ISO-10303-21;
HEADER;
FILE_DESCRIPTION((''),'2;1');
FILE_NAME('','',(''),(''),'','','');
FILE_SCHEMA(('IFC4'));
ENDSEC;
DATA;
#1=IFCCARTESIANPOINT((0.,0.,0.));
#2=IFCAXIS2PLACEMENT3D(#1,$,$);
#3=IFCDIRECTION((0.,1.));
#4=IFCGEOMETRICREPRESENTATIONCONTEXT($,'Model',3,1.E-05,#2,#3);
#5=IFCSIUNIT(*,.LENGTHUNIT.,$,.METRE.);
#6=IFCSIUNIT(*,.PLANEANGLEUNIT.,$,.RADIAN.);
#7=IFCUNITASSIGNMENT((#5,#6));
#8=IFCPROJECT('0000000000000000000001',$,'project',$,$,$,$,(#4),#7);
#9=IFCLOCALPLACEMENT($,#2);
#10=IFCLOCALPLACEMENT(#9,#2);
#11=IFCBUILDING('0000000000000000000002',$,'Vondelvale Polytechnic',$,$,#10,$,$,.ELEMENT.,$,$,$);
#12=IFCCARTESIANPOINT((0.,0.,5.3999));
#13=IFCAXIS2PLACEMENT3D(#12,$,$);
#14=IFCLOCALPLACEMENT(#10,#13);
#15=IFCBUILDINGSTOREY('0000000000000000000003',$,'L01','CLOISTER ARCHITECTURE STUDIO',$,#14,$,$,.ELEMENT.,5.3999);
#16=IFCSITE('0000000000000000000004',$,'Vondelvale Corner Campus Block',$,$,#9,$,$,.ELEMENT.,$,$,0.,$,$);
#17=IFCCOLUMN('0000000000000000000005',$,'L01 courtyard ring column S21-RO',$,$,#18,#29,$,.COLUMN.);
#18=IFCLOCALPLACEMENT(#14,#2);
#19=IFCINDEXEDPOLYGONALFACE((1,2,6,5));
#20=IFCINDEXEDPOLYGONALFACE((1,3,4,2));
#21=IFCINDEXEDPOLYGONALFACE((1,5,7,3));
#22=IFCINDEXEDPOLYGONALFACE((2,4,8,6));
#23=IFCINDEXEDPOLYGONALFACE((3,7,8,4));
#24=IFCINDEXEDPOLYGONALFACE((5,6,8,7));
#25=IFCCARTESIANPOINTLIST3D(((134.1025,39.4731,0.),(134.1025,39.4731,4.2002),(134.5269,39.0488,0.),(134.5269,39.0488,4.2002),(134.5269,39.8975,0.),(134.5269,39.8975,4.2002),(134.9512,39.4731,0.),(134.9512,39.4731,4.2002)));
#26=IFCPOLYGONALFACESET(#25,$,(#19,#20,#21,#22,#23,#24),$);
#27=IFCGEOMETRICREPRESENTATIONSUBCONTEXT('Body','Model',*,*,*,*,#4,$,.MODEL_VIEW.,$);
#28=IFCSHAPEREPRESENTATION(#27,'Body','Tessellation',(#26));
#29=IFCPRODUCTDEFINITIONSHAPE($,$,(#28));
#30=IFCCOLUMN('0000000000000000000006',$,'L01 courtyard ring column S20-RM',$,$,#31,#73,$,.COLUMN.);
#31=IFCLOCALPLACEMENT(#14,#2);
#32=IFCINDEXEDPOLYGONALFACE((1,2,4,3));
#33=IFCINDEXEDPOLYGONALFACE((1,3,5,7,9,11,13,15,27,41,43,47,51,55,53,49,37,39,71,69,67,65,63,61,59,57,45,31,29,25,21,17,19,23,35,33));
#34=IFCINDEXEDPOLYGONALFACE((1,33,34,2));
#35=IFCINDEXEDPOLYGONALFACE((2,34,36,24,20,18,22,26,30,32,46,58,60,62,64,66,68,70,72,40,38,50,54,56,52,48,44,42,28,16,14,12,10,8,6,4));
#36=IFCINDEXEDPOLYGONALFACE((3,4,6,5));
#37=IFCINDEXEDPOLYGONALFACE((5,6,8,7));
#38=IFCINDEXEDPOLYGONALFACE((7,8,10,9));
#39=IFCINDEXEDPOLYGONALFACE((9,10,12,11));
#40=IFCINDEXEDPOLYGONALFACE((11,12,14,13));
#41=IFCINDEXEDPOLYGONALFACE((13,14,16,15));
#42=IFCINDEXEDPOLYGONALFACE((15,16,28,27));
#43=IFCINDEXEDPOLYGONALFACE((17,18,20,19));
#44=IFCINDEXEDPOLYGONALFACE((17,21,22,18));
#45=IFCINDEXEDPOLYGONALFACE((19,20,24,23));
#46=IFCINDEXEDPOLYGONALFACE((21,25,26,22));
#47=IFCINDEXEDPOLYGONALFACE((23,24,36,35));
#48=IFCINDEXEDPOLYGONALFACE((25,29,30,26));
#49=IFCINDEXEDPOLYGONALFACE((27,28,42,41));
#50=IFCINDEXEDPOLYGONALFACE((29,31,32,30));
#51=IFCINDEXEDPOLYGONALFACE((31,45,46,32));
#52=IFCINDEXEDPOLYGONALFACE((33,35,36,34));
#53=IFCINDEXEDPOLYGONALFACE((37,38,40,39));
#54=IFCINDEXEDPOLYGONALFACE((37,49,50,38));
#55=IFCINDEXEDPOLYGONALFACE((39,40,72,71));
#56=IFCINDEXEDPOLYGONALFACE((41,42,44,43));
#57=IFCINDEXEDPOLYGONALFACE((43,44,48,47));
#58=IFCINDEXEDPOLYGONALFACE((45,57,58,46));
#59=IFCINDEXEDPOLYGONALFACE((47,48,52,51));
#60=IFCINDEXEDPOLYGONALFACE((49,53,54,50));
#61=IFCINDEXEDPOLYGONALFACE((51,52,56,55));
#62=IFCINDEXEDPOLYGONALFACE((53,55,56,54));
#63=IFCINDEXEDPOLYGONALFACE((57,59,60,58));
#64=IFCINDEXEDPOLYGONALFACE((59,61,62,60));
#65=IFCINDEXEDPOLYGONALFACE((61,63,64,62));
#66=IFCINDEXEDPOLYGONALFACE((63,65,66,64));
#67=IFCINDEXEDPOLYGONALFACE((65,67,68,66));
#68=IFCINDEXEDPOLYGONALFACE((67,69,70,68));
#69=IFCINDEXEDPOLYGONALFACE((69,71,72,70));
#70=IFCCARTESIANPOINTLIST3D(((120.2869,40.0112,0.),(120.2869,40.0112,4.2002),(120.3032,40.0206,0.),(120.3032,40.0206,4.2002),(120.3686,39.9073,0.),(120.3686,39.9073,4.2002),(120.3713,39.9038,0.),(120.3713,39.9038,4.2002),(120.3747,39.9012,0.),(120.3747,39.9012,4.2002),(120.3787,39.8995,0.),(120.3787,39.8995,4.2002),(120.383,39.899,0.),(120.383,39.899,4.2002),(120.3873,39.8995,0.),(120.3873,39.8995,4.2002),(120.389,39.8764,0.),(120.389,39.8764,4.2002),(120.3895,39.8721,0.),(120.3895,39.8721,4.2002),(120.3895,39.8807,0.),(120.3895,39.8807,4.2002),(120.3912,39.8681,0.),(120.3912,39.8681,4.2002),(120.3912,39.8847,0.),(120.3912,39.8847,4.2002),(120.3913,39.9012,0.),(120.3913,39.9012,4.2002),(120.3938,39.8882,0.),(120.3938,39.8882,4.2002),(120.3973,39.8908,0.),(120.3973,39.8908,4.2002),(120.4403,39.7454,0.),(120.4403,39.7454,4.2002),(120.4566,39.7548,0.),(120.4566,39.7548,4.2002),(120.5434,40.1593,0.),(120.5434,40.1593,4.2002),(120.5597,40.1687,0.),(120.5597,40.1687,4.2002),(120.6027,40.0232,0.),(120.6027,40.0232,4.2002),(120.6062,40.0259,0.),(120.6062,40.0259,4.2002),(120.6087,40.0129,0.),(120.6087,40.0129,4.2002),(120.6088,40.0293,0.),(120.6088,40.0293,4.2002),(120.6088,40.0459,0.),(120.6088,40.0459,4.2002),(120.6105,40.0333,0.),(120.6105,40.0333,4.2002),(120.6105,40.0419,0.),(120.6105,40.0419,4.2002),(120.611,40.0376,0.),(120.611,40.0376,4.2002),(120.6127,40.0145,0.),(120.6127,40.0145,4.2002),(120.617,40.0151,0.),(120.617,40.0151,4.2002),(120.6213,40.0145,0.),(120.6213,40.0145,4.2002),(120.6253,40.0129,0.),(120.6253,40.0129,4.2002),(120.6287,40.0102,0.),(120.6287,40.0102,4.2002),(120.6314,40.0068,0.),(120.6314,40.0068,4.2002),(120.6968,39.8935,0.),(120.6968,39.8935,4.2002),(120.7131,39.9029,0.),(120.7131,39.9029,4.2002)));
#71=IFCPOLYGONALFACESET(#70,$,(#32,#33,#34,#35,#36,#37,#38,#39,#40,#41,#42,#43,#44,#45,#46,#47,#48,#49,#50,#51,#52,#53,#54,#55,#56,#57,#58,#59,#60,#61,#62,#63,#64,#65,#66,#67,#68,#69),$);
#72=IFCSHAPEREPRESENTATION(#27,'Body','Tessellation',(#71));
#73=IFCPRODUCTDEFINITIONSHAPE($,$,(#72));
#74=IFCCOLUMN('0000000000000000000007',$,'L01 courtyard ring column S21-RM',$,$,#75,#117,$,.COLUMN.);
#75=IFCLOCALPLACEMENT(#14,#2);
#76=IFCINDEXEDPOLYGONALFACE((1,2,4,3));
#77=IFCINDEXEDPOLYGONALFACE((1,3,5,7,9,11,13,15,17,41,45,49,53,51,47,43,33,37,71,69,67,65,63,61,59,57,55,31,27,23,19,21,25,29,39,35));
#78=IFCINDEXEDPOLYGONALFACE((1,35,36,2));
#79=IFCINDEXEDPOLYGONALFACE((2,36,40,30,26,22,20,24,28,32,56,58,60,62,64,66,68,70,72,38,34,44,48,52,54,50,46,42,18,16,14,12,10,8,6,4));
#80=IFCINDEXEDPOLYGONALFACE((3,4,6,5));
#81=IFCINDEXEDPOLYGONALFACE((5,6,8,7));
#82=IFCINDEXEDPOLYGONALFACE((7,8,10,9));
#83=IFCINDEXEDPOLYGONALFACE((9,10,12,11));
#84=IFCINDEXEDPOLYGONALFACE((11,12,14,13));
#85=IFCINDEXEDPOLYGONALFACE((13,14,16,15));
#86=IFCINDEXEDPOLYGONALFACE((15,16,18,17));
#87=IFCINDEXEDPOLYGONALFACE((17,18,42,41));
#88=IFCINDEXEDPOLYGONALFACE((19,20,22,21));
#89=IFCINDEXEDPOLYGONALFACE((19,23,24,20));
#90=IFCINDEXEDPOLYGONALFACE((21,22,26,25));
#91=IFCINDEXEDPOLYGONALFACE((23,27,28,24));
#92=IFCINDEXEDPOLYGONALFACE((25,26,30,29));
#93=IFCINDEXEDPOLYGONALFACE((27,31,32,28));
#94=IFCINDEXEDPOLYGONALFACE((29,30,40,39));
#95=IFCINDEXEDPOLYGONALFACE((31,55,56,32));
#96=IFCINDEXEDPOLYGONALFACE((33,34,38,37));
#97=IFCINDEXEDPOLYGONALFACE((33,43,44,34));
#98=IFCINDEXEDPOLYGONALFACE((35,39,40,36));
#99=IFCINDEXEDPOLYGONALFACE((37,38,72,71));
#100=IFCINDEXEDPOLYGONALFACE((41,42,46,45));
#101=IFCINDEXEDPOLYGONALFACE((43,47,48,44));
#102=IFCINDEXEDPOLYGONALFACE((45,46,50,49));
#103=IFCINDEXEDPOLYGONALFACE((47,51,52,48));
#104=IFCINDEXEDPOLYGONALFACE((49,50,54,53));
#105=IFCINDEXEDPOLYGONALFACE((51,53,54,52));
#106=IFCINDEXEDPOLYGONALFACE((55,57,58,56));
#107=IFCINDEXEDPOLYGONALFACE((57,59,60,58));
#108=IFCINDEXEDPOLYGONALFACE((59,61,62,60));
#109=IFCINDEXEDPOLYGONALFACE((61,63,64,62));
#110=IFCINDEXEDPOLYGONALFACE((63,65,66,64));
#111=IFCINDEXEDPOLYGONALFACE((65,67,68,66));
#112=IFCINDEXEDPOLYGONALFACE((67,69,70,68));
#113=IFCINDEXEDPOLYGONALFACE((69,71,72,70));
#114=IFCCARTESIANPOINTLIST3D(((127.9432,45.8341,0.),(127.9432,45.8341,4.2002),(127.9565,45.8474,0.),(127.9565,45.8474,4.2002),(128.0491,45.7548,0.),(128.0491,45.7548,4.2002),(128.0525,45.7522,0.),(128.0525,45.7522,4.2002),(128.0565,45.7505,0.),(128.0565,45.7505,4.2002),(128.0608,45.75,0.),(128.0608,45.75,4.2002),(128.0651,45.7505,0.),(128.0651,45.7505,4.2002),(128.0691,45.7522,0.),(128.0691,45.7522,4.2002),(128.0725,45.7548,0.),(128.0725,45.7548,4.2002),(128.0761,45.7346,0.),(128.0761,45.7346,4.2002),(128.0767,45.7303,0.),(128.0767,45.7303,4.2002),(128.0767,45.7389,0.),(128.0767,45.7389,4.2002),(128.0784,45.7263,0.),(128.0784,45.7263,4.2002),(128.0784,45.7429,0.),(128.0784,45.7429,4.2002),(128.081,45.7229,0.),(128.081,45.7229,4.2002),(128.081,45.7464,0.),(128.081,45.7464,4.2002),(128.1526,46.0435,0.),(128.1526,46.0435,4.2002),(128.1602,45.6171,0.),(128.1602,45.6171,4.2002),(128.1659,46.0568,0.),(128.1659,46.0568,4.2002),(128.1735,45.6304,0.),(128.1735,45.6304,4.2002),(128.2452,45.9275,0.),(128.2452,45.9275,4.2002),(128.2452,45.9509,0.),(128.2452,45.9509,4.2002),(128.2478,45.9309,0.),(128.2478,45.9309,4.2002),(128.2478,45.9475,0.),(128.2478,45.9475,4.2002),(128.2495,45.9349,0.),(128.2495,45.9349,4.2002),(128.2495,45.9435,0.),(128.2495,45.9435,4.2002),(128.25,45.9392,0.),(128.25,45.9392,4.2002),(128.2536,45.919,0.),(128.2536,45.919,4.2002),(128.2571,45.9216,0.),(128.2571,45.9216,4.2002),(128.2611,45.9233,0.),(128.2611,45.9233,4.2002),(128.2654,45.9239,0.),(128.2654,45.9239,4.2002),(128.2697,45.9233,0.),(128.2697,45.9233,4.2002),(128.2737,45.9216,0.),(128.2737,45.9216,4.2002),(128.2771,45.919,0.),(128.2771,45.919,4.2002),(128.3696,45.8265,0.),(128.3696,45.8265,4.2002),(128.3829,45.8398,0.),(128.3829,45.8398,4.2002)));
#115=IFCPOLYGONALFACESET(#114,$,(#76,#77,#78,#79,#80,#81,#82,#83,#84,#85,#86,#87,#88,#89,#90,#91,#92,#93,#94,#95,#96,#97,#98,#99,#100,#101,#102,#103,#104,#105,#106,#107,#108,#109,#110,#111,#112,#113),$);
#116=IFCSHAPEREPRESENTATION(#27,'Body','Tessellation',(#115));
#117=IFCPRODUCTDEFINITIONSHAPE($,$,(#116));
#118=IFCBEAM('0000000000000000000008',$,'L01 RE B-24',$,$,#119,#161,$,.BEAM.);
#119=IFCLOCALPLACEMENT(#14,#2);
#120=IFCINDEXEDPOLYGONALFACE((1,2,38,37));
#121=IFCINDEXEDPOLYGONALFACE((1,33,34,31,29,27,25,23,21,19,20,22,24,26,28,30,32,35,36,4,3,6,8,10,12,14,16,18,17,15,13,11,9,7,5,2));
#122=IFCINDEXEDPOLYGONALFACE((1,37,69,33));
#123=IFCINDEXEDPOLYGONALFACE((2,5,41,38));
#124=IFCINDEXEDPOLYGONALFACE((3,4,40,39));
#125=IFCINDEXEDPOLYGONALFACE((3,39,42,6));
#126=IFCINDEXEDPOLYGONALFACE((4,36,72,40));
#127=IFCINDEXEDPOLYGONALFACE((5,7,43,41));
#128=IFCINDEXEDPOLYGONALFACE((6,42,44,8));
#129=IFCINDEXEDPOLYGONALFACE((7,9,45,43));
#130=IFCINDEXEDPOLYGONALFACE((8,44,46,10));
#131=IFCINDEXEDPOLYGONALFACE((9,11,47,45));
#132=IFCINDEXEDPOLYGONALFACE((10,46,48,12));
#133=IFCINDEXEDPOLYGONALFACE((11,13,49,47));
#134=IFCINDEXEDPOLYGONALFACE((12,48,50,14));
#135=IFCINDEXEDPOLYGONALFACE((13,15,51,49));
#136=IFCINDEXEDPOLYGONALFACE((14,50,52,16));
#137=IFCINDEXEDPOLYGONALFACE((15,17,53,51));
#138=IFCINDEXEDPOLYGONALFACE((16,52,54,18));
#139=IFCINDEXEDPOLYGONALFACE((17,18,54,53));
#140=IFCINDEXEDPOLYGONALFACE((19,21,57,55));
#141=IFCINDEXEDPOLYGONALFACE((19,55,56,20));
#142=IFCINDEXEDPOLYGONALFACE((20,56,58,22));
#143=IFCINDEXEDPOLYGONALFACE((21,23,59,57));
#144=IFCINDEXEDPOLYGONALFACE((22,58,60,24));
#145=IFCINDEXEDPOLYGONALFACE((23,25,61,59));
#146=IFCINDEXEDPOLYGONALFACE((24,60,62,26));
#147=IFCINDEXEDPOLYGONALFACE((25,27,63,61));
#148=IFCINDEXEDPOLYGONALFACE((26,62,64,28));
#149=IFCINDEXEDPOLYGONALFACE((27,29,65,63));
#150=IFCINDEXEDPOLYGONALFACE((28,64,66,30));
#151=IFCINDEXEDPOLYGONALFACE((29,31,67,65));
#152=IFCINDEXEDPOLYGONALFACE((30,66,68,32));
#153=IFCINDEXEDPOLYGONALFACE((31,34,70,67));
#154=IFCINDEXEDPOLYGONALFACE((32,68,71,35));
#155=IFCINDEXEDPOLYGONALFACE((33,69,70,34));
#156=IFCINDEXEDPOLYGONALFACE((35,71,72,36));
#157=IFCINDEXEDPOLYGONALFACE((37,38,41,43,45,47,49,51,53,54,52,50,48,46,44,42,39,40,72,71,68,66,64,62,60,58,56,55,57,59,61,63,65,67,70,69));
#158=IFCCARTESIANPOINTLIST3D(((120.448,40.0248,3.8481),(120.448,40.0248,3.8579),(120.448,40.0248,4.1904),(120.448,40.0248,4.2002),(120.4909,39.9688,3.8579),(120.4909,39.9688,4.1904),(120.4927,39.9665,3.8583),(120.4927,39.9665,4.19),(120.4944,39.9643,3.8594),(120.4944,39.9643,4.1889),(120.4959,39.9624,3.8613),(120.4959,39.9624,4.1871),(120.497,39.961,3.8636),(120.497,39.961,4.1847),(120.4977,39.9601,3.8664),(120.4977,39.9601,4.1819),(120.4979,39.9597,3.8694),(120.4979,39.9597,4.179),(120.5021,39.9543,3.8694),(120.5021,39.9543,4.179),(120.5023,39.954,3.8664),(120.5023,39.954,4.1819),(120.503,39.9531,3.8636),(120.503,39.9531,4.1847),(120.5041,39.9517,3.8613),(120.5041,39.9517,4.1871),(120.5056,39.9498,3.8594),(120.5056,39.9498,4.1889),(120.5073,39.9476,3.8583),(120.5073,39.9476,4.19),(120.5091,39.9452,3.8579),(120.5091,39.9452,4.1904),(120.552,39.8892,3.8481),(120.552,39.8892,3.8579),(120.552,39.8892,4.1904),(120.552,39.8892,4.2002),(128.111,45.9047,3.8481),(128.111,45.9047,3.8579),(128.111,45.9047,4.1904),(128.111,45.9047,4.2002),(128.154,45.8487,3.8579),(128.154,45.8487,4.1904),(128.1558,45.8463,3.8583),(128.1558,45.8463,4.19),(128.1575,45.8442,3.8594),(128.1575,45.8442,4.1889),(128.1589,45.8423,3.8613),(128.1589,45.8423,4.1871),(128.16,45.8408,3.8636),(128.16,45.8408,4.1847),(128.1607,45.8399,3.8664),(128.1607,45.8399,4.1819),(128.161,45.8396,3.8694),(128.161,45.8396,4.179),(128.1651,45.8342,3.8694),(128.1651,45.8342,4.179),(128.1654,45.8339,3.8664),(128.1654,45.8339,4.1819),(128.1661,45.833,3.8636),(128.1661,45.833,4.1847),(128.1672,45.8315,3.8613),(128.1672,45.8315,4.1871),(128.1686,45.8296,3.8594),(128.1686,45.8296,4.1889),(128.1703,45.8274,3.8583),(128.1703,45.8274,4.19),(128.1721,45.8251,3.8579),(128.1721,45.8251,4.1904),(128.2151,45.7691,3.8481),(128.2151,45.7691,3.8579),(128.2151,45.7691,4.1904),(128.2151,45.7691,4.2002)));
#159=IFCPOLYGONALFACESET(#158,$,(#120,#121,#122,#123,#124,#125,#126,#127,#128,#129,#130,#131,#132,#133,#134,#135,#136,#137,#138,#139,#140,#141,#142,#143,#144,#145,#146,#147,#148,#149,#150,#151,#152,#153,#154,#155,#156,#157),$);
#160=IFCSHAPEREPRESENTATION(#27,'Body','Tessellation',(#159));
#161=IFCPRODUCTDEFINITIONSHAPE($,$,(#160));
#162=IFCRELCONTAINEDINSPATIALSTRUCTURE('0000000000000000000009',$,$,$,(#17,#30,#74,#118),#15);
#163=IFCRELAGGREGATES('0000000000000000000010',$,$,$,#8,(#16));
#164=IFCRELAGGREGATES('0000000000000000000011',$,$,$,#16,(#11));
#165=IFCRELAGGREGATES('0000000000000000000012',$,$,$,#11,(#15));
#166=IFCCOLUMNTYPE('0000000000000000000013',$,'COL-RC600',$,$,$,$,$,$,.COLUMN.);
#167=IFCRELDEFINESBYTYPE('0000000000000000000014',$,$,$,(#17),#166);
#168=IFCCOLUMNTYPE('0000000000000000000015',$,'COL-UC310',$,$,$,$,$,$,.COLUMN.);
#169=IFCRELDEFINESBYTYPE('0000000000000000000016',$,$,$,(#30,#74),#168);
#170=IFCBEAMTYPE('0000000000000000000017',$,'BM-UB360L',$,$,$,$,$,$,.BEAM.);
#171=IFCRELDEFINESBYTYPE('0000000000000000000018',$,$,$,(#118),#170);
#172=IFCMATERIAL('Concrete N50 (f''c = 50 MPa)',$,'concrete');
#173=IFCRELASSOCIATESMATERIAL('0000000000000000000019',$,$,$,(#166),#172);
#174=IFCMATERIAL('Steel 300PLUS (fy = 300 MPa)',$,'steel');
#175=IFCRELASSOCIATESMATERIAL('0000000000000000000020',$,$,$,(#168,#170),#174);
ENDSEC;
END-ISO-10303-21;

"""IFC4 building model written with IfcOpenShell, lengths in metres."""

from ifc_helpers import new_model, si_unit, direction, frame, origin, origin_2d, place, context, subcontext, project, spatial, rectangle, i_section, extrude, material, material_profile, profile_set, type_object, element, save


model = new_model("IFC4")

# Units and contexts
model_context = context("Model", 3, precision=1e-05, world=origin(), true_north=direction((0.0, 1.0)))
body_context = subcontext(model_context, "Body", "Model", "MODEL_VIEW")
ifc_project = project(units=[si_unit("LENGTHUNIT", "METRE"), si_unit("PLANEANGLEUNIT", "RADIAN")], contexts=[model_context])

# Site, building, storey
site_placement = place(None, origin())
site = spatial("IfcSite", under=ifc_project, at=site_placement, Name="Vondelvale Corner Campus Block", CompositionType="ELEMENT", RefElevation=0.0)
building_placement = place(site_placement, origin())
building = spatial("IfcBuilding", under=site, at=building_placement, Name="Vondelvale Polytechnic", CompositionType="ELEMENT")
storey_placement = place(building_placement, frame((0.0, 0.0, 5.3999)))
storey = spatial("IfcBuildingStorey", under=building, at=storey_placement, Name="L01", Description="CLOISTER ARCHITECTURE STUDIO", CompositionType="ELEMENT", Elevation=5.3999)

# Columns
ifc_material_1 = material(Name="Concrete N50 (f'c = 50 MPa)", Category="concrete")
ifc_material_profile_1 = material_profile(ifc_material_1, rectangle(XDim=0.6001, YDim=0.6001, at=origin_2d()), Name="RC-COL-600x600")
ifc_profile_set_1 = profile_set([ifc_material_profile_1], Name="Concrete N50 (f'c = 50 MPa)")
column_type_1 = type_object("IfcColumnType", Name="COL-RC600", PredefinedType="COLUMN", material=ifc_profile_set_1)
column_placement = place(storey_placement, frame((134.5269, 39.4731, 0.0), z_axis=(0.0, 0.0, 1.0), x_axis=(-0.707107, 0.707107, 0.0)))
element("IfcColumn", 1, at=column_placement, inside=storey, type_object=column_type_1, Name="L01 courtyard ring column S21-RO", PredefinedType="COLUMN", context=body_context, shape_type="SweptSolid", body=[
    extrude(rectangle(XDim=0.6001, YDim=0.6001, at=origin_2d()), origin(), (0.0, 0.0, 1.0), 4.2002),
])
ifc_material_2 = material(Name="Steel 300PLUS (fy = 300 MPa)", Category="steel")
ifc_material_profile_2 = material_profile(ifc_material_2, i_section(OverallWidth=0.3069, OverallDepth=0.3149, WebThickness=0.012, FlangeThickness=0.0188, FilletRadius=0.0166, at=origin_2d()), Name="310UC118")
ifc_profile_set_2 = profile_set([ifc_material_profile_2], Name="Steel 300PLUS (fy = 300 MPa)")
column_type_2 = type_object("IfcColumnType", Name="COL-UC310", PredefinedType="COLUMN", material=ifc_profile_set_2)
for number, where, z_axis, x_axis, name in (
    (2, (120.5, 39.957, 0.0), (0.0, 0.0, 1.0), (-0.5, 0.866025, 0.0), "L01 courtyard ring column S20-RM"),
    (3, (128.1631, 45.8369, 0.0), (0.0, 0.0, 1.0), (-0.707107, 0.707107, 0.0), "L01 courtyard ring column S21-RM"),
):
    element("IfcColumn", number, at=place(storey_placement, frame(where, z_axis=z_axis, x_axis=x_axis)), inside=storey, type_object=column_type_2, Name=name, PredefinedType="COLUMN", context=body_context, shape_type="SweptSolid", body=[
        extrude(i_section(OverallWidth=0.3069, OverallDepth=0.3149, WebThickness=0.012, FlangeThickness=0.0188, FilletRadius=0.0166, at=origin_2d()), origin(), (0.0, 0.0, 1.0), 4.2002),
    ])

# Beam
ifc_material_profile_3 = material_profile(ifc_material_2, i_section(OverallWidth=0.1709, OverallDepth=0.3521, WebThickness=0.0068, FlangeThickness=0.0098, FilletRadius=0.0115, at=origin_2d()), Name="360UB44.7")
ifc_profile_set_3 = profile_set([ifc_material_profile_3], Name="Steel 300PLUS (fy = 300 MPa)")
beam_type_1 = type_object("IfcBeamType", Name="BM-UB360L", PredefinedType="BEAM", material=ifc_profile_set_3)
beam_1_placement = place(storey_placement, frame((120.5, 39.957, 4.0242), z_axis=(0.793364, 0.608748, 0.0), x_axis=(-0.608748, 0.793364, 0.0)))
element("IfcBeam", 4, at=beam_1_placement, inside=storey, type_object=beam_type_1, Name="L01 RE B-24", PredefinedType="BEAM", context=body_context, shape_type="SweptSolid", body=[
    extrude(i_section(OverallWidth=0.1709, OverallDepth=0.3521, WebThickness=0.0068, FlangeThickness=0.0098, FilletRadius=0.0115, at=origin_2d()), origin(), (0.0, 0.0, 1.0), 9.6589),
])

save(model, "model.ifc")
